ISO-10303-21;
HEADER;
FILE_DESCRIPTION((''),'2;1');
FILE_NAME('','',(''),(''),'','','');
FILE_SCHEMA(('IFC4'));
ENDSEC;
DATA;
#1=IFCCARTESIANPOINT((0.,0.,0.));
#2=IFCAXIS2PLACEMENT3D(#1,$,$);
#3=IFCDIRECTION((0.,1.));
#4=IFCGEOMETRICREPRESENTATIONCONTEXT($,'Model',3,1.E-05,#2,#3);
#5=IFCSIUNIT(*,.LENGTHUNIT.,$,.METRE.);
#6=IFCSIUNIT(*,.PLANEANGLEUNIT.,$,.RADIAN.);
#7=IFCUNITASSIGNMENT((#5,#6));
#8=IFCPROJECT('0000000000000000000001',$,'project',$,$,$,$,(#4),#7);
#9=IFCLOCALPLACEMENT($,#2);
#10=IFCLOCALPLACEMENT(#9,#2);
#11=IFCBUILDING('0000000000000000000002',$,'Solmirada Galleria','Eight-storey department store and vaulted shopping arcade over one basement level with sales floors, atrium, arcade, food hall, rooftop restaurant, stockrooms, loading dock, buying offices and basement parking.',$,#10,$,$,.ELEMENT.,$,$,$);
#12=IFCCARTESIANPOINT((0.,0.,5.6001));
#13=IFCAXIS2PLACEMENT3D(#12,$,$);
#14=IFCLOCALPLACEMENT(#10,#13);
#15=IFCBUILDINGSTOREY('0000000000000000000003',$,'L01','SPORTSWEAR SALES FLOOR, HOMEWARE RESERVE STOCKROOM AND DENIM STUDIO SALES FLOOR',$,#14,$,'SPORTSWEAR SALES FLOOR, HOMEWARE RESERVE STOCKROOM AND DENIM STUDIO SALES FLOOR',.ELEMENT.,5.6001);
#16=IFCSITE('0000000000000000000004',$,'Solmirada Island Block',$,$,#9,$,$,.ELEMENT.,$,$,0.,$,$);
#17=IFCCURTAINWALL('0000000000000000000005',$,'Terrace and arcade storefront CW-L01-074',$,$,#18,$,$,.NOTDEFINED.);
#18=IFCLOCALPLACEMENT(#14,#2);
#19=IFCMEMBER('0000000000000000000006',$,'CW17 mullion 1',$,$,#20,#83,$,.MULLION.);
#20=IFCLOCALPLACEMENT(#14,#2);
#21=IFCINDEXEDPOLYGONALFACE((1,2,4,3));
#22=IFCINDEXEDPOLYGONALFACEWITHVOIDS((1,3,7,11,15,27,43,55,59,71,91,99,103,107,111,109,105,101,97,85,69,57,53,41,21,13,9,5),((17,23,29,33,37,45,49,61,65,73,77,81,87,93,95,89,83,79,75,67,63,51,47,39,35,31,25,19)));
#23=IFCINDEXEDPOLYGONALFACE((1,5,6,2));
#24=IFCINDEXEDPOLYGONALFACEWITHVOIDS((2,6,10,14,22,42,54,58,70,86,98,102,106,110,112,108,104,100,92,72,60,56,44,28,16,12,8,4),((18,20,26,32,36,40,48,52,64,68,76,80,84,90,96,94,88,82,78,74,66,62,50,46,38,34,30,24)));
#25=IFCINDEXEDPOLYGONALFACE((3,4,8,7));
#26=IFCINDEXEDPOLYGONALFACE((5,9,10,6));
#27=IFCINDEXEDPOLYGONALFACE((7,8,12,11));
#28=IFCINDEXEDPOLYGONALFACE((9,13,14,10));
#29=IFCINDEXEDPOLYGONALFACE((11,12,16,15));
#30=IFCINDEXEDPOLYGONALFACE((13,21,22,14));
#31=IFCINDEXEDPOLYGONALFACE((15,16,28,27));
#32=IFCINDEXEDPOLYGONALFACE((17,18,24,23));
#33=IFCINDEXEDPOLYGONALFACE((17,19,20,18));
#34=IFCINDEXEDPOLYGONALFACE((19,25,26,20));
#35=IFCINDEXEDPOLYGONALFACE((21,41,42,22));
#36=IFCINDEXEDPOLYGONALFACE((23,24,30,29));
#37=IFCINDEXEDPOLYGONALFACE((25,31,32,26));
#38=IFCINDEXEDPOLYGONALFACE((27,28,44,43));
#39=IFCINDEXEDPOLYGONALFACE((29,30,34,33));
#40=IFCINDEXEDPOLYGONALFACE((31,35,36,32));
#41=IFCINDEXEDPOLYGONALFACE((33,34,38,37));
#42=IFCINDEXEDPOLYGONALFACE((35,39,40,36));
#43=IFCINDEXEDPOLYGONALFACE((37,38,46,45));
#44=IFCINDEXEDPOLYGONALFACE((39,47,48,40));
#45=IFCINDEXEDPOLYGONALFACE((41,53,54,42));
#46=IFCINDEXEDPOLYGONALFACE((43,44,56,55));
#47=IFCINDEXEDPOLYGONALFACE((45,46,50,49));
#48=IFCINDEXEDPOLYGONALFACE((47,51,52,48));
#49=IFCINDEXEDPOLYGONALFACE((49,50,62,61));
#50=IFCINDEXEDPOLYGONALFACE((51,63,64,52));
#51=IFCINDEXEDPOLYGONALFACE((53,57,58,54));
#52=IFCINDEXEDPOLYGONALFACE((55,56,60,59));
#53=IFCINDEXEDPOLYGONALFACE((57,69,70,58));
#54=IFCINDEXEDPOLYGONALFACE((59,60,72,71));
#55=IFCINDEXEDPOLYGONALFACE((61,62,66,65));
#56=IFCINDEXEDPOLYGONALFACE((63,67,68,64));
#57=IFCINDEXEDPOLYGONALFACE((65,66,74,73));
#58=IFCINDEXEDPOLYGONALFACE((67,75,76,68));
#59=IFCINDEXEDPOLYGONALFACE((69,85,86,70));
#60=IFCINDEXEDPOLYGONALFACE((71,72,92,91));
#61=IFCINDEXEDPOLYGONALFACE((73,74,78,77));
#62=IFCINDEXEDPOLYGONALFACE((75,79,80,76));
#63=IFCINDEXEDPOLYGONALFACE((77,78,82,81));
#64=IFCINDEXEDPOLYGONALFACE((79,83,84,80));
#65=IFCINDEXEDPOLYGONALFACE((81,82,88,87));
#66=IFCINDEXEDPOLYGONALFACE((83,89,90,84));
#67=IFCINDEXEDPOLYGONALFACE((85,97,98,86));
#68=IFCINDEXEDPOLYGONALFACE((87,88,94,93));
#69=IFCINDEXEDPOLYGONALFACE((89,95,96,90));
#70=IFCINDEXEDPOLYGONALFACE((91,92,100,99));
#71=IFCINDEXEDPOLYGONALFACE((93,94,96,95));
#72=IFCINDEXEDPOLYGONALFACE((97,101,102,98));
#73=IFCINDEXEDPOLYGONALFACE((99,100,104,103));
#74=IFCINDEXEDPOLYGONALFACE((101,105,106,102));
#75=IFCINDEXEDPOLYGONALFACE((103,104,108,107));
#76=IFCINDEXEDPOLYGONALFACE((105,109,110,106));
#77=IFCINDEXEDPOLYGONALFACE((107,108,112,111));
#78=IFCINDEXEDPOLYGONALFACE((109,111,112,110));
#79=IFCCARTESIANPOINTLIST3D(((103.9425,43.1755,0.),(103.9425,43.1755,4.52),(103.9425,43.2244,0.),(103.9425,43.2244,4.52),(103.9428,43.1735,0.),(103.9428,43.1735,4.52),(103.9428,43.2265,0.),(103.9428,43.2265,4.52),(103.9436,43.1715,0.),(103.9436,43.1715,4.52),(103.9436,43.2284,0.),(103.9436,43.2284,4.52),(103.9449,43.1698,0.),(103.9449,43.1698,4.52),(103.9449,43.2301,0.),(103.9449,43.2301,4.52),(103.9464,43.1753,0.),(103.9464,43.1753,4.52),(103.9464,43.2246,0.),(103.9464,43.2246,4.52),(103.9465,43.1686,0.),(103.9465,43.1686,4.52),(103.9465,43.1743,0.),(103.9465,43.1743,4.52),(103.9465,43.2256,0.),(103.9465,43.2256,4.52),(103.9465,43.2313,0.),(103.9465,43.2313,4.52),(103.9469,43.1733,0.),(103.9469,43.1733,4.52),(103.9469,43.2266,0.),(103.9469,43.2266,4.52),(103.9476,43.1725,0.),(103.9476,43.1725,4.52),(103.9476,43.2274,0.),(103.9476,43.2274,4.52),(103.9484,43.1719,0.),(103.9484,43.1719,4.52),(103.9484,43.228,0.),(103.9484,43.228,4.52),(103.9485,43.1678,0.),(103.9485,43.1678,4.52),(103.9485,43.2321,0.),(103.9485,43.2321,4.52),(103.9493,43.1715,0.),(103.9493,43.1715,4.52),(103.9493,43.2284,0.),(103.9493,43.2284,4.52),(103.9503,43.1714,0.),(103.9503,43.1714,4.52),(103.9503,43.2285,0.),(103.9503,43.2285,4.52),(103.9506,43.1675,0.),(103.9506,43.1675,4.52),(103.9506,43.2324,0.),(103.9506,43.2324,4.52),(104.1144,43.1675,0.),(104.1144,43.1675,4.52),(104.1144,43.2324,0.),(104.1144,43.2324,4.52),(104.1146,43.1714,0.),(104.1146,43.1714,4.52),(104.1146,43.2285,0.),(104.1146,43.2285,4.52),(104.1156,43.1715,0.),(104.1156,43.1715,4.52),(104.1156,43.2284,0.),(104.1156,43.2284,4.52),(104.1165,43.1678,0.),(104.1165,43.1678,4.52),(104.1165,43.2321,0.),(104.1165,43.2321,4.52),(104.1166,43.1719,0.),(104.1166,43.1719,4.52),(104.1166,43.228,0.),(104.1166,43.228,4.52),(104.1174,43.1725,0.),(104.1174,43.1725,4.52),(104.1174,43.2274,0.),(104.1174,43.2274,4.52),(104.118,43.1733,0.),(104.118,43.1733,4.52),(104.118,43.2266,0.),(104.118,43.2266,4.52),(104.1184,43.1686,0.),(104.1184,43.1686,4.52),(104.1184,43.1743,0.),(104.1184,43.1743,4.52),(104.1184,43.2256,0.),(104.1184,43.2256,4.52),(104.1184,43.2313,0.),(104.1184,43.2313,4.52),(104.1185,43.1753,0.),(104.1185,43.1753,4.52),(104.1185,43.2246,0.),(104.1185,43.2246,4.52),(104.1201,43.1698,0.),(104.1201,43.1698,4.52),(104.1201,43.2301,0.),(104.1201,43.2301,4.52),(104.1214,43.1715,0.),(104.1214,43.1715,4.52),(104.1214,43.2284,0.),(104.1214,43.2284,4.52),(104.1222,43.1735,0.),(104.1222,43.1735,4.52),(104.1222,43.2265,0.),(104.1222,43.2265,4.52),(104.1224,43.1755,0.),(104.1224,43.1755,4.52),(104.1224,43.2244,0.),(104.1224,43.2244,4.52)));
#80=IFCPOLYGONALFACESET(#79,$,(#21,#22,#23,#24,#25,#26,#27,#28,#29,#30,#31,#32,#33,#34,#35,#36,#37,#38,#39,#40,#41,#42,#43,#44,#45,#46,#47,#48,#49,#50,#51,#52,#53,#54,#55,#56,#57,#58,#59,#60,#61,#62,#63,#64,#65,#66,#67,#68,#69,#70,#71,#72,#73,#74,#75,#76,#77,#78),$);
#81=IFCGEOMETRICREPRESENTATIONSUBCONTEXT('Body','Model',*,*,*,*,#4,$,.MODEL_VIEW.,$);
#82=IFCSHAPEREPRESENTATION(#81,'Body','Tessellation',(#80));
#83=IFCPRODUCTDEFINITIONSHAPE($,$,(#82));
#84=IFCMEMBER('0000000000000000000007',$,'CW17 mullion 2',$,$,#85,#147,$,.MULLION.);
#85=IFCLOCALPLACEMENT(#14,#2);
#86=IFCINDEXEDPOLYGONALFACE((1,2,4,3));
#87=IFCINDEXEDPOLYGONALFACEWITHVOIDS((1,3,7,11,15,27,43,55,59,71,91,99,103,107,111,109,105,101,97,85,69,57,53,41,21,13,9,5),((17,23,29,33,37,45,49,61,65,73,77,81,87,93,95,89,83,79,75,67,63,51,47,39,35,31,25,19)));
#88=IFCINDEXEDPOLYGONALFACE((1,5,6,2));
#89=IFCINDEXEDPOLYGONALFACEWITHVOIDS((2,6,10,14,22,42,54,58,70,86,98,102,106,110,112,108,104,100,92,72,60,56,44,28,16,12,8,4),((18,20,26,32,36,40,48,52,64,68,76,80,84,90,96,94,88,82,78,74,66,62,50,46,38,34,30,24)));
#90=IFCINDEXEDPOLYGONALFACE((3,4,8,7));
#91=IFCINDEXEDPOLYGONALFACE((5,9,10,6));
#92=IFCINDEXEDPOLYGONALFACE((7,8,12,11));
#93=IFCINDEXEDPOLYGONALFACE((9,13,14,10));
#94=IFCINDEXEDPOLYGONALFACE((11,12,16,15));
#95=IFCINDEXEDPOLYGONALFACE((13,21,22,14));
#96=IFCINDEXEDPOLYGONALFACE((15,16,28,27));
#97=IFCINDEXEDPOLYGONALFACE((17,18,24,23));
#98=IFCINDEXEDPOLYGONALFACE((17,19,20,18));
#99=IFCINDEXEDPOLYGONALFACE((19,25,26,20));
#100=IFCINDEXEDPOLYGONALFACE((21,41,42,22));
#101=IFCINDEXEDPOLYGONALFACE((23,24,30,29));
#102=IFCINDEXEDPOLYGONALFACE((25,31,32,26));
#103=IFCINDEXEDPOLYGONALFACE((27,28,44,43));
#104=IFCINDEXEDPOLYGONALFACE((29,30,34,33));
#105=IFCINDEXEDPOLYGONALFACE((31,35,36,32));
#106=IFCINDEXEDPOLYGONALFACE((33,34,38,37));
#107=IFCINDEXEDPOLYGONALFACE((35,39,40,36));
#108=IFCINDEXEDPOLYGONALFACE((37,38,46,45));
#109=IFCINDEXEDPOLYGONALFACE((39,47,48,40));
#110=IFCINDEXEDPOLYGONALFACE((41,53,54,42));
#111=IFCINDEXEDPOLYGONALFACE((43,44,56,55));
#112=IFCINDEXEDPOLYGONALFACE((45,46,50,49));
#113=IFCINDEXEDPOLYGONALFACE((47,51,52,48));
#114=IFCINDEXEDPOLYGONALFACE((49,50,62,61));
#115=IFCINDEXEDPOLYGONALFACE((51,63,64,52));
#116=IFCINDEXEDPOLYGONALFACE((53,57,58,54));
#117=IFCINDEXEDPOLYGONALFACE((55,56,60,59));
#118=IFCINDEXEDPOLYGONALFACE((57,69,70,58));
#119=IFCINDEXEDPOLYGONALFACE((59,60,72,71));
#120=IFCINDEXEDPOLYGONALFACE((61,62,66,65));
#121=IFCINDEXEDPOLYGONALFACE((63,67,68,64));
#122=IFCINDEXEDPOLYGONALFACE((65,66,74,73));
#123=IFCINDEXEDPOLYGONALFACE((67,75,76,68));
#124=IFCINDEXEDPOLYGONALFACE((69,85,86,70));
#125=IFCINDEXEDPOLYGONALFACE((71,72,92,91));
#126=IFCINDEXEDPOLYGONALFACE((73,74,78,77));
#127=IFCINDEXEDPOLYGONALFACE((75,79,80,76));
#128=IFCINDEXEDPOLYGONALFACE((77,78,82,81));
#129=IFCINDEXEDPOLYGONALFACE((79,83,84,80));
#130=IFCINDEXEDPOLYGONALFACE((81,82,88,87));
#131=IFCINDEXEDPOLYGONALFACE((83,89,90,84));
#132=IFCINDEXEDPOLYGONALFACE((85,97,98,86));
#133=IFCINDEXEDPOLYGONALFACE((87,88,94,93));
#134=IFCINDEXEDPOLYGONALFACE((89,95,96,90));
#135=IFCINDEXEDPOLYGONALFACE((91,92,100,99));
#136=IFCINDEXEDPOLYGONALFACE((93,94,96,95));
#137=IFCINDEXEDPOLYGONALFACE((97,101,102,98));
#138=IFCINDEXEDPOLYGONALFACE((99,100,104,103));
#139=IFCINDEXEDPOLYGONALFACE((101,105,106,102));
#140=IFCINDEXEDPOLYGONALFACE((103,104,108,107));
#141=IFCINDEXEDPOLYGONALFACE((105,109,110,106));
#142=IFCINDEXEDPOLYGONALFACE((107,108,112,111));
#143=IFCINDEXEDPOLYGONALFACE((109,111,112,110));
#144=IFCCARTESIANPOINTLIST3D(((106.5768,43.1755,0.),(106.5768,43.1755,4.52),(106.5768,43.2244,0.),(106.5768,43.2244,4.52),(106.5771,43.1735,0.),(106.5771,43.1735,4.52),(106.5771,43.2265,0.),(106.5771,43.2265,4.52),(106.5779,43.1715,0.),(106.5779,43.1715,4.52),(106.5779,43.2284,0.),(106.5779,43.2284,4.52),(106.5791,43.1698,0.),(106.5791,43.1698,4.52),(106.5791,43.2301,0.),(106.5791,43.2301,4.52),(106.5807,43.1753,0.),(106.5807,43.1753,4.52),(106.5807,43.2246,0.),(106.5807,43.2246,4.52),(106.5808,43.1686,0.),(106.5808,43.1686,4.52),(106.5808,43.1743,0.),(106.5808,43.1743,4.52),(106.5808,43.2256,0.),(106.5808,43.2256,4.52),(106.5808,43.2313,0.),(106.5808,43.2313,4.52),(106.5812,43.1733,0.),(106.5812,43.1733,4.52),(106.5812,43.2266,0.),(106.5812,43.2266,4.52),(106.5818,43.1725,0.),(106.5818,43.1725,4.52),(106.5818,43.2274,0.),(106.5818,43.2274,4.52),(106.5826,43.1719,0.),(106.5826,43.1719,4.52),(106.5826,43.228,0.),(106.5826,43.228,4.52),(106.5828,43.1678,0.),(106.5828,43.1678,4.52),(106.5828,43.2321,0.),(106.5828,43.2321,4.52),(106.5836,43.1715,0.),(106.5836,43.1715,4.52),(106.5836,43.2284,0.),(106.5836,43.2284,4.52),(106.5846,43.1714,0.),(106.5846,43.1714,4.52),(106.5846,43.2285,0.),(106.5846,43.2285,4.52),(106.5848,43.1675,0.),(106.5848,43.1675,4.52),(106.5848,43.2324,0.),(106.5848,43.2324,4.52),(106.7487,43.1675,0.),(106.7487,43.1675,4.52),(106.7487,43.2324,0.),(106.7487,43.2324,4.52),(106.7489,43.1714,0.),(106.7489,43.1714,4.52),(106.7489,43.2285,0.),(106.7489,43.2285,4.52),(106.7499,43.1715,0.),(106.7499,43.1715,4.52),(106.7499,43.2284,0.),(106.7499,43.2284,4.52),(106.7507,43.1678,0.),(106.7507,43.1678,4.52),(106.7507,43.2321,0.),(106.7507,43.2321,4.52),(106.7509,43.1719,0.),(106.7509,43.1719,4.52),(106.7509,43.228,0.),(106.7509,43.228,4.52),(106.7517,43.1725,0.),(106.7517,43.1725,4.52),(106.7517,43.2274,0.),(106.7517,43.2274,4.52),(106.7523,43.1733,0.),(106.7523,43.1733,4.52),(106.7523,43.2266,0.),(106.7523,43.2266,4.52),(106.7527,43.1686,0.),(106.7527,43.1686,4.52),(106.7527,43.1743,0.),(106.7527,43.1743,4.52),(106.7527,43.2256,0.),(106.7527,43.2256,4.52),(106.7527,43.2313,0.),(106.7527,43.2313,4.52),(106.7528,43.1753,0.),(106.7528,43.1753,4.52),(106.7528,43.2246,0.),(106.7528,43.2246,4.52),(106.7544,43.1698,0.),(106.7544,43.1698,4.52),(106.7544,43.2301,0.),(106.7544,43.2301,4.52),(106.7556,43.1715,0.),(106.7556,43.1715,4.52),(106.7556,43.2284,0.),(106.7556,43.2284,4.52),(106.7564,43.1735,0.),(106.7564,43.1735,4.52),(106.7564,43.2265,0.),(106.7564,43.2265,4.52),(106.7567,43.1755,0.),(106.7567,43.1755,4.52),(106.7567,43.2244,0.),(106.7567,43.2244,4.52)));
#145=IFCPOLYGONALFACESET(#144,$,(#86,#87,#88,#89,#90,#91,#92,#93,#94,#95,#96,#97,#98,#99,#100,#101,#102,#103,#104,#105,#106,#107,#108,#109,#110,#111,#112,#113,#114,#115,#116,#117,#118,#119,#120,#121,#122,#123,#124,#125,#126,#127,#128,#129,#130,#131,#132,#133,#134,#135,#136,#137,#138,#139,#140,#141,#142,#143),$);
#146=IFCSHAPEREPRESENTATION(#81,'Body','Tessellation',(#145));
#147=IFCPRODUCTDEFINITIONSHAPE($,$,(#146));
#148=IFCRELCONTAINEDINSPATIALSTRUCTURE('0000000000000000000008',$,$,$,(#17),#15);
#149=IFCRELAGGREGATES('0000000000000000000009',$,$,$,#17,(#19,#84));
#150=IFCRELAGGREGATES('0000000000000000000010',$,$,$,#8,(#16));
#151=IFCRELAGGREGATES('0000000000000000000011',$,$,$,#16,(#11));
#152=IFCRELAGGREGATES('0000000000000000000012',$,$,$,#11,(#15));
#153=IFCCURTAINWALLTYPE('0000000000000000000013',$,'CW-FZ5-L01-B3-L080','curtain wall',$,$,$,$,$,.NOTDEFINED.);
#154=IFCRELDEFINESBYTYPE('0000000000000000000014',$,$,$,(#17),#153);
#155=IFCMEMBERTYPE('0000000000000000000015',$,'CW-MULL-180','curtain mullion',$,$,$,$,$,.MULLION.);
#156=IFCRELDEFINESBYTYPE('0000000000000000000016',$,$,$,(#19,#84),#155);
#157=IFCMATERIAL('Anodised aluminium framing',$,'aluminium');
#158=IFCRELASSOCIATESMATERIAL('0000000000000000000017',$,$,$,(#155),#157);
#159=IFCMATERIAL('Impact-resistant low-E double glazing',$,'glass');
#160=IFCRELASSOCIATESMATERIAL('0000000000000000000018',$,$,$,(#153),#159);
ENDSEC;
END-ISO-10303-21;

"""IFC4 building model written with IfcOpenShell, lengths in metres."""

from ifc_helpers import new_model, si_unit, direction, frame, origin, origin_2d, place, context, subcontext, project, spatial, hollow_rectangle, extrude, material, material_profile, profile_set, type_object, element, aggregate, save


model = new_model("IFC4")

# Units and contexts
model_context = context("Model", 3, precision=1e-05, world=origin(), true_north=direction((0.0, 1.0)))
body_context = subcontext(model_context, "Body", "Model", "MODEL_VIEW")
ifc_project = project(units=[si_unit("LENGTHUNIT", "METRE"), si_unit("PLANEANGLEUNIT", "RADIAN")], contexts=[model_context])

# Site, building, storey
site_placement = place(None, origin())
site = spatial("IfcSite", under=ifc_project, at=site_placement, Name="Solmirada Island Block", CompositionType="ELEMENT", RefElevation=0.0)
building_placement = place(site_placement, origin())
building = spatial("IfcBuilding", under=site, at=building_placement, Name="Solmirada Galleria", Description="Eight-storey department store and vaulted shopping arcade over one basement level with sales floors, atrium, arcade, food hall, rooftop restaurant, stockrooms, loading dock, buying offices and basement parking.", CompositionType="ELEMENT")
storey_placement = place(building_placement, frame((0.0, 0.0, 5.6001)))
storey = spatial("IfcBuildingStorey", under=building, at=storey_placement, Name="L01", Description="SPORTSWEAR SALES FLOOR, HOMEWARE RESERVE STOCKROOM AND DENIM STUDIO SALES FLOOR", LongName="SPORTSWEAR SALES FLOOR, HOMEWARE RESERVE STOCKROOM AND DENIM STUDIO SALES FLOOR", CompositionType="ELEMENT", Elevation=5.6001)

# Shared definitions
ifc_material_1 = material(Name="Impact-resistant low-E double glazing", Category="glass")
ifc_material_2 = material(Name="Anodised aluminium framing", Category="aluminium")
ifc_material_profile_1 = material_profile(ifc_material_2, hollow_rectangle(XDim=0.0649, YDim=0.1799, WallThickness=0.0039, InnerFilletRadius=0.0039, OuterFilletRadius=0.0081, at=origin_2d()), Name="ALU-MULL-180X65")
ifc_profile_set_1 = profile_set([ifc_material_profile_1], Name="Anodised aluminium framing")
member_type_1 = type_object("IfcMemberType", Name="CW-MULL-180", Description="curtain mullion", PredefinedType="MULLION", material=ifc_profile_set_1)

# Curtain wall, members
curtain_wall_type_1 = type_object("IfcCurtainWallType", Name="CW-FZ5-L01-B3-L080", Description="curtain wall", PredefinedType="NOTDEFINED", material=ifc_material_1)
curtain_wall_1_placement = place(storey_placement, origin())
curtain_wall_1 = element("IfcCurtainWall", 1, at=curtain_wall_1_placement, inside=storey, type_object=curtain_wall_type_1, Name="Terrace and arcade storefront CW-L01-074", PredefinedType="NOTDEFINED")
member_1_placement = place(storey_placement, frame((104.0325, 43.2, 0.0), z_axis=(0.0, 0.0, 1.0), x_axis=(0.0, 1.0, 0.0)))
member_1 = element("IfcMember", 2, at=member_1_placement, type_object=member_type_1, Name="CW17 mullion 1", PredefinedType="MULLION", context=body_context, shape_type="SweptSolid", body=[
    extrude(hollow_rectangle(XDim=0.0649, YDim=0.1799, WallThickness=0.0039, InnerFilletRadius=0.0039, OuterFilletRadius=0.0081, at=origin_2d()), origin(), (0.0, 0.0, 1.0), 4.52),
])
member_2_placement = place(storey_placement, frame((106.6667, 43.2, 0.0), z_axis=(0.0, 0.0, 1.0), x_axis=(0.0, 1.0, 0.0)))
member_2 = element("IfcMember", 3, at=member_2_placement, type_object=member_type_1, Name="CW17 mullion 2", PredefinedType="MULLION", context=body_context, shape_type="SweptSolid", body=[
    extrude(hollow_rectangle(XDim=0.0649, YDim=0.1799, WallThickness=0.0039, InnerFilletRadius=0.0039, OuterFilletRadius=0.0081, at=origin_2d()), origin(), (0.0, 0.0, 1.0), 4.52),
])

aggregate(curtain_wall_1, [member_1, member_2])

save(model, "model.ifc")
